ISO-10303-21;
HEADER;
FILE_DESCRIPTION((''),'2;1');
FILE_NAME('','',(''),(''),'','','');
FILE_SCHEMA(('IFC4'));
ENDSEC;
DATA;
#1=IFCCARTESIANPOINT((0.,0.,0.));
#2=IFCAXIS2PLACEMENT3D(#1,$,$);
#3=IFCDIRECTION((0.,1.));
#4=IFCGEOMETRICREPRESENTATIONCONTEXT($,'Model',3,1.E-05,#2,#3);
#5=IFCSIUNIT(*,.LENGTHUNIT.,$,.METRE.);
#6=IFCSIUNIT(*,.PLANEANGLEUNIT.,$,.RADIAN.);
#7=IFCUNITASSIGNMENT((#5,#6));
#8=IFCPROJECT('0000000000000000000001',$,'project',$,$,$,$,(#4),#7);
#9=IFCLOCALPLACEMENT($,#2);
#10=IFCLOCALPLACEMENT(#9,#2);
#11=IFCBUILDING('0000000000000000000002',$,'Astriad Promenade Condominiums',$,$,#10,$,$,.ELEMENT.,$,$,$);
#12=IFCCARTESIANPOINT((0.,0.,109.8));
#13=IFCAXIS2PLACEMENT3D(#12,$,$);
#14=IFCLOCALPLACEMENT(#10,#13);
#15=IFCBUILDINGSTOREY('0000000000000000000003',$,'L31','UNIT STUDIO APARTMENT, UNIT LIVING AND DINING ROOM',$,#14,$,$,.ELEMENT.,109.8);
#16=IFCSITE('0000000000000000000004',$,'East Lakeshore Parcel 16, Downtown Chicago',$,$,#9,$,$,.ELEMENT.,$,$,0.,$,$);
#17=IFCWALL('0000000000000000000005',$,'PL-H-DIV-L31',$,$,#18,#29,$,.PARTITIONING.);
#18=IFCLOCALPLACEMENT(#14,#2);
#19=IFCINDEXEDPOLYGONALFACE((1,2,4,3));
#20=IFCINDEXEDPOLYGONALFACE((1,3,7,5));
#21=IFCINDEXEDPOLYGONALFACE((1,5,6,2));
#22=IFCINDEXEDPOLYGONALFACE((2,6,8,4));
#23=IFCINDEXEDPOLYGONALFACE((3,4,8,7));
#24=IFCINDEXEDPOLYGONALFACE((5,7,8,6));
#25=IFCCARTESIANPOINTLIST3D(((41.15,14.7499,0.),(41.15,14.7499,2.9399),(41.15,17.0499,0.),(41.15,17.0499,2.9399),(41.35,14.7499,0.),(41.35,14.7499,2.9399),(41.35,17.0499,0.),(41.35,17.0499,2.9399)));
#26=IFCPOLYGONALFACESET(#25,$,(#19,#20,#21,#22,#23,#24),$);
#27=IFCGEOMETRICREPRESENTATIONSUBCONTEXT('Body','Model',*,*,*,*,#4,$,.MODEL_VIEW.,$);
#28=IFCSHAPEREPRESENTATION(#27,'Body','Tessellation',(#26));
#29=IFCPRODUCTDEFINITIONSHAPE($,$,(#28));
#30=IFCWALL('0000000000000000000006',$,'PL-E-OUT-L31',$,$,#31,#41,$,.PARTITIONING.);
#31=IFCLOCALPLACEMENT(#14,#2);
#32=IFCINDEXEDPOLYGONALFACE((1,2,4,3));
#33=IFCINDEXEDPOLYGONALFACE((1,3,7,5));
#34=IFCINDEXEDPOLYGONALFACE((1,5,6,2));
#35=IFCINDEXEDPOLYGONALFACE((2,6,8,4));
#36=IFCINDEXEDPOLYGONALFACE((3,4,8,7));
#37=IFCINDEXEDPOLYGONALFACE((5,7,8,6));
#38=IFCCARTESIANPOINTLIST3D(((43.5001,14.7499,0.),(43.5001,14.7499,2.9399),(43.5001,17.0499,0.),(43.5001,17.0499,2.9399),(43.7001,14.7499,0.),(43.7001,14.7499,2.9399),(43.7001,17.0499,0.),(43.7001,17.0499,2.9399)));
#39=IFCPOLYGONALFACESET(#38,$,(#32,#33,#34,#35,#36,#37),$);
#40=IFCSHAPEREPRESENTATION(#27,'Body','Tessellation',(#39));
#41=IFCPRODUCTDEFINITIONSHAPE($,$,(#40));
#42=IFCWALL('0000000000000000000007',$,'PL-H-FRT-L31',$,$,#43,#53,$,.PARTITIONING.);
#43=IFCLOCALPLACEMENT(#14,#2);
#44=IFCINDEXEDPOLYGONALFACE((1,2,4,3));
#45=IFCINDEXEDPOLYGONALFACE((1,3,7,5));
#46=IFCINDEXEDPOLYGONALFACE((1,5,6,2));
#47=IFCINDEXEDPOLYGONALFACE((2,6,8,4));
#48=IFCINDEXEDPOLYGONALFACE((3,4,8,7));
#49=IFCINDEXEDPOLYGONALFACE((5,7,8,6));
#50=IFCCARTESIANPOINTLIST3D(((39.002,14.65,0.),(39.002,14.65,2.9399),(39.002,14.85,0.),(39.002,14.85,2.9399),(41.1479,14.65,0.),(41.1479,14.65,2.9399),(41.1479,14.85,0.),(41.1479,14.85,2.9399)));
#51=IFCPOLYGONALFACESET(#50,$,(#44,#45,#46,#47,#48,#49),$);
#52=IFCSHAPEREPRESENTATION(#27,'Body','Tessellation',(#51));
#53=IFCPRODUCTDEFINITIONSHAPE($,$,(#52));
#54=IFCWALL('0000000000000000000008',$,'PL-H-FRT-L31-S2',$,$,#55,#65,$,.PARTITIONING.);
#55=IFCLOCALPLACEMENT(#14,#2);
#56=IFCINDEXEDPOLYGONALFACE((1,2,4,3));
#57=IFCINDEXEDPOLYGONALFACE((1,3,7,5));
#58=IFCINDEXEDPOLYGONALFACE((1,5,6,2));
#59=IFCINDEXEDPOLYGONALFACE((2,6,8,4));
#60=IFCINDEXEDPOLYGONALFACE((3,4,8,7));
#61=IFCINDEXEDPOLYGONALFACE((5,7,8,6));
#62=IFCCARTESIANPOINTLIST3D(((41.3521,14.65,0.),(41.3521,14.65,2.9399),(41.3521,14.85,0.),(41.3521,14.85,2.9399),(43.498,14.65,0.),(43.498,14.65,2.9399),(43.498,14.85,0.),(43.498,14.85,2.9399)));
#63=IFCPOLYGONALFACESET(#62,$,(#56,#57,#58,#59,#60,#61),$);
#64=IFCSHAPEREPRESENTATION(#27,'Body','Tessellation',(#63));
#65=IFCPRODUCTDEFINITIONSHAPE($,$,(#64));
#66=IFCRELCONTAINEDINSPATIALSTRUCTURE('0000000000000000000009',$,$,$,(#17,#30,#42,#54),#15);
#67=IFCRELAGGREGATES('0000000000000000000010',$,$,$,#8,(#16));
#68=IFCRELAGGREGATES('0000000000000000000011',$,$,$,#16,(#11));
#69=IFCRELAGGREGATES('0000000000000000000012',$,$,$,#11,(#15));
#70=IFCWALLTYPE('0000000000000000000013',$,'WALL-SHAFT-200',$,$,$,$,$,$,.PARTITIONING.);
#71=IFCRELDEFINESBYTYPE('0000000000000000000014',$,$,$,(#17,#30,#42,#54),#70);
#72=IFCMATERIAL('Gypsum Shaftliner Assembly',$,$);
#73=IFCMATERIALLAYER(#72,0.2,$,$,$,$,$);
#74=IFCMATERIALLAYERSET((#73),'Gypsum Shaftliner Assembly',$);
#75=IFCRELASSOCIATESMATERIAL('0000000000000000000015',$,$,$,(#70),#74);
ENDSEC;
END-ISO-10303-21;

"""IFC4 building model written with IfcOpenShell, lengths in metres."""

from ifc_helpers import new_model, si_unit, direction, frame, frame_2d, origin, place, context, subcontext, project, spatial, rectangle, extrude, material, layer, layer_set, type_object, element, save


model = new_model("IFC4")

# Units and contexts
model_context = context("Model", 3, precision=1e-05, world=origin(), true_north=direction((0.0, 1.0)))
body_context = subcontext(model_context, "Body", "Model", "MODEL_VIEW")
ifc_project = project(units=[si_unit("LENGTHUNIT", "METRE"), si_unit("PLANEANGLEUNIT", "RADIAN")], contexts=[model_context])

# Site, building, storey
site_placement = place(None, origin())
site = spatial("IfcSite", under=ifc_project, at=site_placement, Name="East Lakeshore Parcel 16, Downtown Chicago", CompositionType="ELEMENT", RefElevation=0.0)
building_placement = place(site_placement, origin())
building = spatial("IfcBuilding", under=site, at=building_placement, Name="Astriad Promenade Condominiums", CompositionType="ELEMENT")
storey_placement = place(building_placement, frame((0.0, 0.0, 109.8)))
storey = spatial("IfcBuildingStorey", under=building, at=storey_placement, Name="L31", Description="UNIT STUDIO APARTMENT, UNIT LIVING AND DINING ROOM", CompositionType="ELEMENT", Elevation=109.8)

# Shared definitions
ifc_material_1 = material(Name="Gypsum Shaftliner Assembly")
ifc_layer_1 = layer(ifc_material_1, 0.2)
ifc_layer_set_1 = layer_set([ifc_layer_1], Name="Gypsum Shaftliner Assembly")
wall_type_1 = type_object("IfcWallType", Name="WALL-SHAFT-200", PredefinedType="PARTITIONING", material=ifc_layer_set_1)

# Walls
for number, where, z_axis, x_axis, name in (
    (1, (41.25, 14.75, 0.0), (0.0, 0.0, 1.0), (0.0, 1.0, 0.0), "PL-H-DIV-L31"),
    (2, (43.6001, 14.75, 0.0), (0.0, 0.0, 1.0), (0.0, 1.0, 0.0), "PL-E-OUT-L31"),
):
    element("IfcWall", number, at=place(storey_placement, frame(where, z_axis=z_axis, x_axis=x_axis)), inside=storey, type_object=wall_type_1, Name=name, PredefinedType="PARTITIONING", context=body_context, shape_type="SweptSolid", body=[
        extrude(rectangle(XDim=2.3, YDim=0.2, at=frame_2d((1.1499, 0.0))), origin(), (0.0, 0.0, 1.0), 2.9399),
    ])
for number, where, z_axis, x_axis, name in (
    (3, (39.002, 14.75, 0.0), (0.0, 0.0, 1.0), (1.0, 0.0, 0.0), "PL-H-FRT-L31"),
    (4, (41.3521, 14.75, 0.0), (0.0, 0.0, 1.0), (1.0, 0.0, 0.0), "PL-H-FRT-L31-S2"),
):
    element("IfcWall", number, at=place(storey_placement, frame(where, z_axis=z_axis, x_axis=x_axis)), inside=storey, type_object=wall_type_1, Name=name, PredefinedType="PARTITIONING", context=body_context, shape_type="SweptSolid", body=[
        extrude(rectangle(XDim=2.146, YDim=0.2, at=frame_2d((1.073, 0.0))), origin(), (0.0, 0.0, 1.0), 2.9399),
    ])

save(model, "model.ifc")
